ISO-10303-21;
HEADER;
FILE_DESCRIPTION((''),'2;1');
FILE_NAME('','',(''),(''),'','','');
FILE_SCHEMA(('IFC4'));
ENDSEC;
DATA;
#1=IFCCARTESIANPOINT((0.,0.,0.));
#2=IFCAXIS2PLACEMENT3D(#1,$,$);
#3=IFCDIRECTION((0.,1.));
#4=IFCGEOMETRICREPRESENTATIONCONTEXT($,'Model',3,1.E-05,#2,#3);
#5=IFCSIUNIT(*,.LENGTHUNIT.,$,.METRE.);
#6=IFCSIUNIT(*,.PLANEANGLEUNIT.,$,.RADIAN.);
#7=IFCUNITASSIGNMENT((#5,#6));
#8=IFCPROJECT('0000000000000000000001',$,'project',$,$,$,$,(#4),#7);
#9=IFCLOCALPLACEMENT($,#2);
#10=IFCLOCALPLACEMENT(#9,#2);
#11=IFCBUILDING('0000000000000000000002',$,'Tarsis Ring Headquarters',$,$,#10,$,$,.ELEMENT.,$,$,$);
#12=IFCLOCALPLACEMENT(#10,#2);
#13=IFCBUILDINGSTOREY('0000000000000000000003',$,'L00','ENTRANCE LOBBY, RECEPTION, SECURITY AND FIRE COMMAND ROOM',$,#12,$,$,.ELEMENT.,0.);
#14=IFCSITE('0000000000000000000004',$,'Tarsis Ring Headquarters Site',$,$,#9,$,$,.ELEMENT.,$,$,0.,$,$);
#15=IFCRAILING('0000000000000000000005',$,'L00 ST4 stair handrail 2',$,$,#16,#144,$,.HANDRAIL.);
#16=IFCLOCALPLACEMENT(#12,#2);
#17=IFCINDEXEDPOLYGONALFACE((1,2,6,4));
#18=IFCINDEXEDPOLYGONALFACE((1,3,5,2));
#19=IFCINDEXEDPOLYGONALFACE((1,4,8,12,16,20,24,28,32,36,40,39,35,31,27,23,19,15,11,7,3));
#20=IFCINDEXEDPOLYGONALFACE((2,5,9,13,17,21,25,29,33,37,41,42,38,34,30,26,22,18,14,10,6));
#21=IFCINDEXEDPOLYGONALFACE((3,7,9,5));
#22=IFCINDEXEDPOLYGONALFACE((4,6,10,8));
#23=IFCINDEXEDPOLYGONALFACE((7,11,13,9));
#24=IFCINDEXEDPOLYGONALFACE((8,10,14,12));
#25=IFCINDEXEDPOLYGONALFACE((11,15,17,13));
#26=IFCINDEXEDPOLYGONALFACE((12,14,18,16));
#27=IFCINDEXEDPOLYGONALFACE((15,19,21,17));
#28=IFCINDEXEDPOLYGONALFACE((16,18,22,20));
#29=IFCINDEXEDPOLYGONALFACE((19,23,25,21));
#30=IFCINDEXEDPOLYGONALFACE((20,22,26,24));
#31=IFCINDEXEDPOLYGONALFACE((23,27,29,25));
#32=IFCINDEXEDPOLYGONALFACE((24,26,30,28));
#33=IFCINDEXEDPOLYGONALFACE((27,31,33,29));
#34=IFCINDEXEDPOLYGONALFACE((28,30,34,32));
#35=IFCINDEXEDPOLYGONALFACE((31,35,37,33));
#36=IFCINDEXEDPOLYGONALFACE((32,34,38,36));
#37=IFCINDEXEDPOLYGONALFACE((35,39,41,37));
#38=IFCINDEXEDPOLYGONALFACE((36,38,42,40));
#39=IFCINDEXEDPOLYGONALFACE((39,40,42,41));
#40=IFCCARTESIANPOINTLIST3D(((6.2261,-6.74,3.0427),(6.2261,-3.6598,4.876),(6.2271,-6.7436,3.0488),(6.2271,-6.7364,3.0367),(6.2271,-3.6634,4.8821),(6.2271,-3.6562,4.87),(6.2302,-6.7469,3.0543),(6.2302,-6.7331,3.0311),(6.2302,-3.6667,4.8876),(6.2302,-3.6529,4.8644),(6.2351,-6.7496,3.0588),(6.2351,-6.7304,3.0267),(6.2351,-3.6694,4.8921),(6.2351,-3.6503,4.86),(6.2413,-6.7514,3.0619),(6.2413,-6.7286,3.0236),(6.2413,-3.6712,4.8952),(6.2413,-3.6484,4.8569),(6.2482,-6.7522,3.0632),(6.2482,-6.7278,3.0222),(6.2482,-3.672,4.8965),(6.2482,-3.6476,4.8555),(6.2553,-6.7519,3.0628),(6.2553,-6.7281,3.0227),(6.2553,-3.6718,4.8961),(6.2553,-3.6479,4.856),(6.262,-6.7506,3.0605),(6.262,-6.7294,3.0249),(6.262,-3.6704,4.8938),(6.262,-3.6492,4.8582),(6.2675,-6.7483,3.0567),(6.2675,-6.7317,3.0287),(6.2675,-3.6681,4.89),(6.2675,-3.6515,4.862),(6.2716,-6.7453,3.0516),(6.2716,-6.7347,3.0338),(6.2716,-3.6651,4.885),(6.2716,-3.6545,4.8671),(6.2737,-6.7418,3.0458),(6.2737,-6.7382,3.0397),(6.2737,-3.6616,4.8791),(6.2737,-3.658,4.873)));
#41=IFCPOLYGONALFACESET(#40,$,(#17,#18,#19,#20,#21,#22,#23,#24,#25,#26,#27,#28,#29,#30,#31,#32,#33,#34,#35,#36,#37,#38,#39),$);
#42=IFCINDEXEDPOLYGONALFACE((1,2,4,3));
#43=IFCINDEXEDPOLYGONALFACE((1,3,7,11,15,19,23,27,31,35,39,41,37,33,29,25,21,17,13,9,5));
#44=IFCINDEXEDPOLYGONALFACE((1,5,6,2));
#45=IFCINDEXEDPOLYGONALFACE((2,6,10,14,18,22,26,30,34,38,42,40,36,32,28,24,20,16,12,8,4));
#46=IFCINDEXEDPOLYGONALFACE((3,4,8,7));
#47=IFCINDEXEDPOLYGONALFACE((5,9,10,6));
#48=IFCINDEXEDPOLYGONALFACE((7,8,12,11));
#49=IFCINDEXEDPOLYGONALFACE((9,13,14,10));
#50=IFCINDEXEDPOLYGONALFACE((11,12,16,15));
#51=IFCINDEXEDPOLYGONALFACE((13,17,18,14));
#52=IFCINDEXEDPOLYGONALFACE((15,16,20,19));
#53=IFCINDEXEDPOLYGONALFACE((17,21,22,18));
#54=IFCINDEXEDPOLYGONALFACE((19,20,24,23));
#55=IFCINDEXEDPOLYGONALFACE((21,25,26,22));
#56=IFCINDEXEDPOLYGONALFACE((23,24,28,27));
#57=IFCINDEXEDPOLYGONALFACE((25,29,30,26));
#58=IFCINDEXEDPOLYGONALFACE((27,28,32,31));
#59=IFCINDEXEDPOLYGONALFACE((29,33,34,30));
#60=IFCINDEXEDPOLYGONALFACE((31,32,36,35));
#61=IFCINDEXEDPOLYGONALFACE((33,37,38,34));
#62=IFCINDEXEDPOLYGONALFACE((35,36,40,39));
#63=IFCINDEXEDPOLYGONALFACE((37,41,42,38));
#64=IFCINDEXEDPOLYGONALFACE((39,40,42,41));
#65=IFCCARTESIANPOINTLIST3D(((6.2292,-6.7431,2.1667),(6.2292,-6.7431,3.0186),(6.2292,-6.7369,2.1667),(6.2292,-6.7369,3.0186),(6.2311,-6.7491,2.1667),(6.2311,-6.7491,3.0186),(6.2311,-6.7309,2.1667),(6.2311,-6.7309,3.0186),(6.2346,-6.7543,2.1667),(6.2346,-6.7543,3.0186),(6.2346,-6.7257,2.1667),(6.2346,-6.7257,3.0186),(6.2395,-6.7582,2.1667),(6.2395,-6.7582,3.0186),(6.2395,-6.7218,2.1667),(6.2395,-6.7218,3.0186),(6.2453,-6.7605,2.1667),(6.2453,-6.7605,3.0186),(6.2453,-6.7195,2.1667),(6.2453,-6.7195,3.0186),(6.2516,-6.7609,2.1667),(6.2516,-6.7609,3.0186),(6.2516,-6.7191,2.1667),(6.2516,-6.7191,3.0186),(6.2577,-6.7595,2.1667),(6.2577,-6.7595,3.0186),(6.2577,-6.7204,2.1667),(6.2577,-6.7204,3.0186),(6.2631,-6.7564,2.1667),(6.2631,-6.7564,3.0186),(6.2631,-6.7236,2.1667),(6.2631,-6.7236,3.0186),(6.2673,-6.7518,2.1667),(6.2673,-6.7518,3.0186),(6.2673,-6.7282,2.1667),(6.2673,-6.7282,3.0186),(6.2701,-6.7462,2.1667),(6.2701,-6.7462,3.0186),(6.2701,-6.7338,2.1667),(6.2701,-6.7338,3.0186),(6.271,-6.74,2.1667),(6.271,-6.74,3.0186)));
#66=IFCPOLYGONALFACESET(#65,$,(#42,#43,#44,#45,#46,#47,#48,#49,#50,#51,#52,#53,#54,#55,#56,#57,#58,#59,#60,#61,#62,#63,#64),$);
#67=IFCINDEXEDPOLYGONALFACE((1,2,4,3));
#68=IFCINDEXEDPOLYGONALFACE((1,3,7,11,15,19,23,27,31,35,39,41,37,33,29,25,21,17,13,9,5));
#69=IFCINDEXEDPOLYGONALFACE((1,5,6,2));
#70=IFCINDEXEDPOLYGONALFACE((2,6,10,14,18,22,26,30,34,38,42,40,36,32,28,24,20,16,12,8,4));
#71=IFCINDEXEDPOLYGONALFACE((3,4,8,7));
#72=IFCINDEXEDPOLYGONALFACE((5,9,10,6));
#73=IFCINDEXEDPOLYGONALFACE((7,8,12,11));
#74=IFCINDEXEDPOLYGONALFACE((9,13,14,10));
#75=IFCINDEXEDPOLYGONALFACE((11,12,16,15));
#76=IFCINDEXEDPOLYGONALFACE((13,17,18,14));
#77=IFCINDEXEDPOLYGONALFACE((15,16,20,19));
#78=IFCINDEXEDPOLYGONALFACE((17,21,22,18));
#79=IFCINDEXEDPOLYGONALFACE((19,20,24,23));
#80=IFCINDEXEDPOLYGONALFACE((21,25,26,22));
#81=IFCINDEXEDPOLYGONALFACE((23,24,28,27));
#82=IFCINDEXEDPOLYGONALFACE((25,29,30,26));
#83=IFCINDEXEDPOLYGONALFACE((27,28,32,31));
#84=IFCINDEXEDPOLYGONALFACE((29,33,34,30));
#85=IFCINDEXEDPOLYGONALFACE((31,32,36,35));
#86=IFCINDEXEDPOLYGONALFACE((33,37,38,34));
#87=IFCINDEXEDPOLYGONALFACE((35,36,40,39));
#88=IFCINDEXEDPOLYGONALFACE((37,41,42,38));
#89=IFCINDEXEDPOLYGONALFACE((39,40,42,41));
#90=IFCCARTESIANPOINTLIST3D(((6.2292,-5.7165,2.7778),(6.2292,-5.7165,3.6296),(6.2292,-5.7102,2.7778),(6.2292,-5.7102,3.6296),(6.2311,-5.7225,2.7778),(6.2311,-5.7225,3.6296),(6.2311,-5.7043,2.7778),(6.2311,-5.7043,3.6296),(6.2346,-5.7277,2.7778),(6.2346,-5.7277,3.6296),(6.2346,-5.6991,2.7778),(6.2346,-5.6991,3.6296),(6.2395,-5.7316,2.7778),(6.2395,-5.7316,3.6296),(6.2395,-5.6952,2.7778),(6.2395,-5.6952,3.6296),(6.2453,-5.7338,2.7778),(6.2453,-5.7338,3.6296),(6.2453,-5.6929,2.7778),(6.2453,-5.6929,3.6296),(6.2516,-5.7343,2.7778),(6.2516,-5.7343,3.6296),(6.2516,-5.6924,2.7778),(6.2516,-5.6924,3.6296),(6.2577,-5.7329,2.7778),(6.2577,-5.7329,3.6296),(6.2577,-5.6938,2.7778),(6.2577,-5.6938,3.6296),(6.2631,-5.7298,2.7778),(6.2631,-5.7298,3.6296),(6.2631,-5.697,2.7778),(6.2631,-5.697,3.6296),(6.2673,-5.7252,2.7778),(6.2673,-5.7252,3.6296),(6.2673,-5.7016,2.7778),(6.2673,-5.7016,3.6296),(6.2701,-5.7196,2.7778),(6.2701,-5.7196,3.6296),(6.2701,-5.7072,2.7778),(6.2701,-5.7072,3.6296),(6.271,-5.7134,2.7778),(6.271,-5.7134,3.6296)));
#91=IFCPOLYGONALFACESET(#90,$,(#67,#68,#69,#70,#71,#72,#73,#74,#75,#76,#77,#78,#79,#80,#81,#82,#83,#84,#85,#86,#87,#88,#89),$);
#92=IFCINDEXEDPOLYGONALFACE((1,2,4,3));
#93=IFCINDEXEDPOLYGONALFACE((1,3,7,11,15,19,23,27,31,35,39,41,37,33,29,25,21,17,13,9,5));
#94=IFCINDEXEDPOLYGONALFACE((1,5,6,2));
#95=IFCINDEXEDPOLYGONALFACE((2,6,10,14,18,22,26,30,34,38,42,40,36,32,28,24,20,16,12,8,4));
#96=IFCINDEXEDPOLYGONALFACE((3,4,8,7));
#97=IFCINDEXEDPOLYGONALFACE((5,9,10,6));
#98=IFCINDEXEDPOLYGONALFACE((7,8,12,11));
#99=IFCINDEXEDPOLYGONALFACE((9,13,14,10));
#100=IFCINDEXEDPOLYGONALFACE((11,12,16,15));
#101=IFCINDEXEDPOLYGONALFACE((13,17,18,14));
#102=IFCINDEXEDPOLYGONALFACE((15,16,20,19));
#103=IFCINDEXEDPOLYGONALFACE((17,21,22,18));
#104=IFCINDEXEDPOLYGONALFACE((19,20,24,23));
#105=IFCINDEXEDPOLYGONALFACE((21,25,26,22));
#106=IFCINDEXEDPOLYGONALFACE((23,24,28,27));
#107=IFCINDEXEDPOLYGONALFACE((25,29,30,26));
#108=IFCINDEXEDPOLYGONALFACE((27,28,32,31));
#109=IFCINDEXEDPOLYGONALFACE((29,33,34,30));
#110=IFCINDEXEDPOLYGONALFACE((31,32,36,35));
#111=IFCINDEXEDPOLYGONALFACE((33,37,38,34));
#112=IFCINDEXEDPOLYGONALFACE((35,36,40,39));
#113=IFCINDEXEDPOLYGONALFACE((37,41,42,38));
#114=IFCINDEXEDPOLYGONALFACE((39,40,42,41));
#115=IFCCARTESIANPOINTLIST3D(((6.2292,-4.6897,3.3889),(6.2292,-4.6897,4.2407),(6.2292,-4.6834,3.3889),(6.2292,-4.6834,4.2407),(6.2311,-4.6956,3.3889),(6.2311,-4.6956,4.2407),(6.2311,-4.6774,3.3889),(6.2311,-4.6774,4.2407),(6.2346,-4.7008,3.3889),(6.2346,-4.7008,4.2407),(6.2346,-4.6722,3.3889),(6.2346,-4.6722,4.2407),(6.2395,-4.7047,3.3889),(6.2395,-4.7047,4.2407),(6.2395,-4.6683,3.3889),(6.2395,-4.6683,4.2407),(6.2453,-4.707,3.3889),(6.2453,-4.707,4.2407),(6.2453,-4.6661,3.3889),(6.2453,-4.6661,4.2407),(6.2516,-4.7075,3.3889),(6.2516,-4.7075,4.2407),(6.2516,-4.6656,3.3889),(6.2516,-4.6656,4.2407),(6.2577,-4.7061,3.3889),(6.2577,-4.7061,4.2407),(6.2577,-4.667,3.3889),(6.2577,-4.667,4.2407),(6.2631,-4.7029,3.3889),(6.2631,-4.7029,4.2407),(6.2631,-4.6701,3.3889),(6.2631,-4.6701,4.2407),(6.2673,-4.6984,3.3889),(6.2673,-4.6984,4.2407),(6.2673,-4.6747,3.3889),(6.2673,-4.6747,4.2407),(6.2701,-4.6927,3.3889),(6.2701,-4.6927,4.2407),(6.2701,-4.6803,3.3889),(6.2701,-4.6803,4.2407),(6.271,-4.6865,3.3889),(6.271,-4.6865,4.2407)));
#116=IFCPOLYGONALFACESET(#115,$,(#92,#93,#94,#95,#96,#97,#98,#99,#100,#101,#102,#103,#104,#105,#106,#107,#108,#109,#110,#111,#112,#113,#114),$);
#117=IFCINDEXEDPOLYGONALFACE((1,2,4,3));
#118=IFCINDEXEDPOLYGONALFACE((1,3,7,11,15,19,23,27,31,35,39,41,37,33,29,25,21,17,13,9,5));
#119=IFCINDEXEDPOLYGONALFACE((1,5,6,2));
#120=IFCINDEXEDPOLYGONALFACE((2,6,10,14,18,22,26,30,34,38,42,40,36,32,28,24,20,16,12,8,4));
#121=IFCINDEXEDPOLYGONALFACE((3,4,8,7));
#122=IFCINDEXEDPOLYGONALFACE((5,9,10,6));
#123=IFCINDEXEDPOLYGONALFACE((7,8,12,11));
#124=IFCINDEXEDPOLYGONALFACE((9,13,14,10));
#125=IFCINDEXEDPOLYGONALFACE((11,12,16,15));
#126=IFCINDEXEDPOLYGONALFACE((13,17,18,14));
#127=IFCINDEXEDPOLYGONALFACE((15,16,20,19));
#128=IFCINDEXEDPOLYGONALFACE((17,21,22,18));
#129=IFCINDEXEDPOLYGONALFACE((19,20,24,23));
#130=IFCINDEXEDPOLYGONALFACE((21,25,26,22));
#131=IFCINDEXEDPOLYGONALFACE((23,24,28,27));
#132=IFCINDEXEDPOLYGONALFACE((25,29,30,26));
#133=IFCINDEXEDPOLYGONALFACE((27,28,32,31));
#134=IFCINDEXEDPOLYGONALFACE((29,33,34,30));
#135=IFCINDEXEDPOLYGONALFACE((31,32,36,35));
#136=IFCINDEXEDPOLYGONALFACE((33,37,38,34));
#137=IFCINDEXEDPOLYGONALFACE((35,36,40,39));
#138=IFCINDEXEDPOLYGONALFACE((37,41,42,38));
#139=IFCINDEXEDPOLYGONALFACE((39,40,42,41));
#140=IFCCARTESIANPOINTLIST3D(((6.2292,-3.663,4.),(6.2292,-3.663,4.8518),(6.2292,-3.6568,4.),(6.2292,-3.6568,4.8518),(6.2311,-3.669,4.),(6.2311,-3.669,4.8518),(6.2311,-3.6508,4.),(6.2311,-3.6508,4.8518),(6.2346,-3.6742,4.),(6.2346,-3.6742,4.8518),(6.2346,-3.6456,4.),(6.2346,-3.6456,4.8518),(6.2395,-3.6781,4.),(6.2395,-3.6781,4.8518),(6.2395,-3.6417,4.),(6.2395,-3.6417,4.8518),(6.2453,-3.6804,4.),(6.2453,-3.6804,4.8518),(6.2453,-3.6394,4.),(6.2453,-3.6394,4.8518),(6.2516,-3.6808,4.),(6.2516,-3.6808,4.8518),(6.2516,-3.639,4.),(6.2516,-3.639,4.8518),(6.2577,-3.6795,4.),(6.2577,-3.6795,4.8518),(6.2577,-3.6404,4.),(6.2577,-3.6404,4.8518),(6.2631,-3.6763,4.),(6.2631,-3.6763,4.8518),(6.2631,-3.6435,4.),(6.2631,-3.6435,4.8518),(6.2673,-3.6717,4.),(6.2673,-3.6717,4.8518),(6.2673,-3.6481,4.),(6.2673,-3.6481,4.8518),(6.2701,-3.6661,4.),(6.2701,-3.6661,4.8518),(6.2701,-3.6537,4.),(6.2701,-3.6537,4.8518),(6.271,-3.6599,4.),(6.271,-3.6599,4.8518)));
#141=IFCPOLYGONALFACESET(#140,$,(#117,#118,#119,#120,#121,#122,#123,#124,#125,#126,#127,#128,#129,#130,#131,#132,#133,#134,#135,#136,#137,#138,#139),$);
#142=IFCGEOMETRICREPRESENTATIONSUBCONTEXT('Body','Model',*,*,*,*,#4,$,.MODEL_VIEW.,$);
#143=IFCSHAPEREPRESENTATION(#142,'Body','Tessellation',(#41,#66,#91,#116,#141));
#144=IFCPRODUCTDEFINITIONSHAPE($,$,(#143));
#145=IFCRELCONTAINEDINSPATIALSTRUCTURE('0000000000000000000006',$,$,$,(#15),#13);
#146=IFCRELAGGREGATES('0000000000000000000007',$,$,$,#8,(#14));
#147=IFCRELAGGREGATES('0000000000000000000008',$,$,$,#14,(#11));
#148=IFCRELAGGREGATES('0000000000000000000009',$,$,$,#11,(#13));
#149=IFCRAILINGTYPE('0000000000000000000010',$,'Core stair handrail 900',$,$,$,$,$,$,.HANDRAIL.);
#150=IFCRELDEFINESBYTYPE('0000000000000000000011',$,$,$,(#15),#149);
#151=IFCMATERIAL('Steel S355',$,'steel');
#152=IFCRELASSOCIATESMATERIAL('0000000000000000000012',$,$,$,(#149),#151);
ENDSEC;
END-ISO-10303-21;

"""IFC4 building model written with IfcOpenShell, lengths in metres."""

from ifc_helpers import new_model, si_unit, direction, frame, origin, origin_2d, place, context, subcontext, project, spatial, circle, extrude, material, type_object, element, save


model = new_model("IFC4")

# Units and contexts
model_context = context("Model", 3, precision=1e-05, world=origin(), true_north=direction((0.0, 1.0)))
body_context = subcontext(model_context, "Body", "Model", "MODEL_VIEW")
ifc_project = project(units=[si_unit("LENGTHUNIT", "METRE"), si_unit("PLANEANGLEUNIT", "RADIAN")], contexts=[model_context])

# Site, building, storey
site_placement = place(None, origin())
site = spatial("IfcSite", under=ifc_project, at=site_placement, Name="Tarsis Ring Headquarters Site", CompositionType="ELEMENT", RefElevation=0.0)
building_placement = place(site_placement, origin())
building = spatial("IfcBuilding", under=site, at=building_placement, Name="Tarsis Ring Headquarters", CompositionType="ELEMENT")
storey_placement = place(building_placement, origin())
storey = spatial("IfcBuildingStorey", under=building, at=storey_placement, Name="L00", Description="ENTRANCE LOBBY, RECEPTION, SECURITY AND FIRE COMMAND ROOM", CompositionType="ELEMENT", Elevation=0.0)

# Railing
ifc_material_1 = material(Name="Steel S355", Category="steel")
railing_type_1 = type_object("IfcRailingType", Name="Core stair handrail 900", PredefinedType="HANDRAIL", material=ifc_material_1)
for number, where, name in (
    (1, (6.25, -6.74, 2.1667), "L00 ST4 stair handrail 2"),
):
    element("IfcRailing", number, at=place(storey_placement, frame(where)), inside=storey, type_object=railing_type_1, Name=name, PredefinedType="HANDRAIL", context=body_context, shape_type="SweptSolid", body=[
        extrude(circle(Radius=0.0239, at=origin_2d()), frame((0.0, 0.0, 0.876), z_axis=(0.0, 0.859309, 0.511458), x_axis=(-1.0, 0.0, 0.0)), (0.0, 0.0, 1.0), 3.5845),
        extrude(circle(Radius=0.021, at=origin_2d()), origin(), (0.0, 0.0, 1.0), 0.8518),
        extrude(circle(Radius=0.021, at=origin_2d()), frame((0.0, 1.0266, 0.6111)), (0.0, 0.0, 1.0), 0.8518),
        extrude(circle(Radius=0.021, at=origin_2d()), frame((0.0, 2.0535, 1.2222)), (0.0, 0.0, 1.0), 0.8518),
        extrude(circle(Radius=0.021, at=origin_2d()), frame((0.0, 3.0801, 1.8333)), (0.0, 0.0, 1.0), 0.8518),
    ])

save(model, "model.ifc")
